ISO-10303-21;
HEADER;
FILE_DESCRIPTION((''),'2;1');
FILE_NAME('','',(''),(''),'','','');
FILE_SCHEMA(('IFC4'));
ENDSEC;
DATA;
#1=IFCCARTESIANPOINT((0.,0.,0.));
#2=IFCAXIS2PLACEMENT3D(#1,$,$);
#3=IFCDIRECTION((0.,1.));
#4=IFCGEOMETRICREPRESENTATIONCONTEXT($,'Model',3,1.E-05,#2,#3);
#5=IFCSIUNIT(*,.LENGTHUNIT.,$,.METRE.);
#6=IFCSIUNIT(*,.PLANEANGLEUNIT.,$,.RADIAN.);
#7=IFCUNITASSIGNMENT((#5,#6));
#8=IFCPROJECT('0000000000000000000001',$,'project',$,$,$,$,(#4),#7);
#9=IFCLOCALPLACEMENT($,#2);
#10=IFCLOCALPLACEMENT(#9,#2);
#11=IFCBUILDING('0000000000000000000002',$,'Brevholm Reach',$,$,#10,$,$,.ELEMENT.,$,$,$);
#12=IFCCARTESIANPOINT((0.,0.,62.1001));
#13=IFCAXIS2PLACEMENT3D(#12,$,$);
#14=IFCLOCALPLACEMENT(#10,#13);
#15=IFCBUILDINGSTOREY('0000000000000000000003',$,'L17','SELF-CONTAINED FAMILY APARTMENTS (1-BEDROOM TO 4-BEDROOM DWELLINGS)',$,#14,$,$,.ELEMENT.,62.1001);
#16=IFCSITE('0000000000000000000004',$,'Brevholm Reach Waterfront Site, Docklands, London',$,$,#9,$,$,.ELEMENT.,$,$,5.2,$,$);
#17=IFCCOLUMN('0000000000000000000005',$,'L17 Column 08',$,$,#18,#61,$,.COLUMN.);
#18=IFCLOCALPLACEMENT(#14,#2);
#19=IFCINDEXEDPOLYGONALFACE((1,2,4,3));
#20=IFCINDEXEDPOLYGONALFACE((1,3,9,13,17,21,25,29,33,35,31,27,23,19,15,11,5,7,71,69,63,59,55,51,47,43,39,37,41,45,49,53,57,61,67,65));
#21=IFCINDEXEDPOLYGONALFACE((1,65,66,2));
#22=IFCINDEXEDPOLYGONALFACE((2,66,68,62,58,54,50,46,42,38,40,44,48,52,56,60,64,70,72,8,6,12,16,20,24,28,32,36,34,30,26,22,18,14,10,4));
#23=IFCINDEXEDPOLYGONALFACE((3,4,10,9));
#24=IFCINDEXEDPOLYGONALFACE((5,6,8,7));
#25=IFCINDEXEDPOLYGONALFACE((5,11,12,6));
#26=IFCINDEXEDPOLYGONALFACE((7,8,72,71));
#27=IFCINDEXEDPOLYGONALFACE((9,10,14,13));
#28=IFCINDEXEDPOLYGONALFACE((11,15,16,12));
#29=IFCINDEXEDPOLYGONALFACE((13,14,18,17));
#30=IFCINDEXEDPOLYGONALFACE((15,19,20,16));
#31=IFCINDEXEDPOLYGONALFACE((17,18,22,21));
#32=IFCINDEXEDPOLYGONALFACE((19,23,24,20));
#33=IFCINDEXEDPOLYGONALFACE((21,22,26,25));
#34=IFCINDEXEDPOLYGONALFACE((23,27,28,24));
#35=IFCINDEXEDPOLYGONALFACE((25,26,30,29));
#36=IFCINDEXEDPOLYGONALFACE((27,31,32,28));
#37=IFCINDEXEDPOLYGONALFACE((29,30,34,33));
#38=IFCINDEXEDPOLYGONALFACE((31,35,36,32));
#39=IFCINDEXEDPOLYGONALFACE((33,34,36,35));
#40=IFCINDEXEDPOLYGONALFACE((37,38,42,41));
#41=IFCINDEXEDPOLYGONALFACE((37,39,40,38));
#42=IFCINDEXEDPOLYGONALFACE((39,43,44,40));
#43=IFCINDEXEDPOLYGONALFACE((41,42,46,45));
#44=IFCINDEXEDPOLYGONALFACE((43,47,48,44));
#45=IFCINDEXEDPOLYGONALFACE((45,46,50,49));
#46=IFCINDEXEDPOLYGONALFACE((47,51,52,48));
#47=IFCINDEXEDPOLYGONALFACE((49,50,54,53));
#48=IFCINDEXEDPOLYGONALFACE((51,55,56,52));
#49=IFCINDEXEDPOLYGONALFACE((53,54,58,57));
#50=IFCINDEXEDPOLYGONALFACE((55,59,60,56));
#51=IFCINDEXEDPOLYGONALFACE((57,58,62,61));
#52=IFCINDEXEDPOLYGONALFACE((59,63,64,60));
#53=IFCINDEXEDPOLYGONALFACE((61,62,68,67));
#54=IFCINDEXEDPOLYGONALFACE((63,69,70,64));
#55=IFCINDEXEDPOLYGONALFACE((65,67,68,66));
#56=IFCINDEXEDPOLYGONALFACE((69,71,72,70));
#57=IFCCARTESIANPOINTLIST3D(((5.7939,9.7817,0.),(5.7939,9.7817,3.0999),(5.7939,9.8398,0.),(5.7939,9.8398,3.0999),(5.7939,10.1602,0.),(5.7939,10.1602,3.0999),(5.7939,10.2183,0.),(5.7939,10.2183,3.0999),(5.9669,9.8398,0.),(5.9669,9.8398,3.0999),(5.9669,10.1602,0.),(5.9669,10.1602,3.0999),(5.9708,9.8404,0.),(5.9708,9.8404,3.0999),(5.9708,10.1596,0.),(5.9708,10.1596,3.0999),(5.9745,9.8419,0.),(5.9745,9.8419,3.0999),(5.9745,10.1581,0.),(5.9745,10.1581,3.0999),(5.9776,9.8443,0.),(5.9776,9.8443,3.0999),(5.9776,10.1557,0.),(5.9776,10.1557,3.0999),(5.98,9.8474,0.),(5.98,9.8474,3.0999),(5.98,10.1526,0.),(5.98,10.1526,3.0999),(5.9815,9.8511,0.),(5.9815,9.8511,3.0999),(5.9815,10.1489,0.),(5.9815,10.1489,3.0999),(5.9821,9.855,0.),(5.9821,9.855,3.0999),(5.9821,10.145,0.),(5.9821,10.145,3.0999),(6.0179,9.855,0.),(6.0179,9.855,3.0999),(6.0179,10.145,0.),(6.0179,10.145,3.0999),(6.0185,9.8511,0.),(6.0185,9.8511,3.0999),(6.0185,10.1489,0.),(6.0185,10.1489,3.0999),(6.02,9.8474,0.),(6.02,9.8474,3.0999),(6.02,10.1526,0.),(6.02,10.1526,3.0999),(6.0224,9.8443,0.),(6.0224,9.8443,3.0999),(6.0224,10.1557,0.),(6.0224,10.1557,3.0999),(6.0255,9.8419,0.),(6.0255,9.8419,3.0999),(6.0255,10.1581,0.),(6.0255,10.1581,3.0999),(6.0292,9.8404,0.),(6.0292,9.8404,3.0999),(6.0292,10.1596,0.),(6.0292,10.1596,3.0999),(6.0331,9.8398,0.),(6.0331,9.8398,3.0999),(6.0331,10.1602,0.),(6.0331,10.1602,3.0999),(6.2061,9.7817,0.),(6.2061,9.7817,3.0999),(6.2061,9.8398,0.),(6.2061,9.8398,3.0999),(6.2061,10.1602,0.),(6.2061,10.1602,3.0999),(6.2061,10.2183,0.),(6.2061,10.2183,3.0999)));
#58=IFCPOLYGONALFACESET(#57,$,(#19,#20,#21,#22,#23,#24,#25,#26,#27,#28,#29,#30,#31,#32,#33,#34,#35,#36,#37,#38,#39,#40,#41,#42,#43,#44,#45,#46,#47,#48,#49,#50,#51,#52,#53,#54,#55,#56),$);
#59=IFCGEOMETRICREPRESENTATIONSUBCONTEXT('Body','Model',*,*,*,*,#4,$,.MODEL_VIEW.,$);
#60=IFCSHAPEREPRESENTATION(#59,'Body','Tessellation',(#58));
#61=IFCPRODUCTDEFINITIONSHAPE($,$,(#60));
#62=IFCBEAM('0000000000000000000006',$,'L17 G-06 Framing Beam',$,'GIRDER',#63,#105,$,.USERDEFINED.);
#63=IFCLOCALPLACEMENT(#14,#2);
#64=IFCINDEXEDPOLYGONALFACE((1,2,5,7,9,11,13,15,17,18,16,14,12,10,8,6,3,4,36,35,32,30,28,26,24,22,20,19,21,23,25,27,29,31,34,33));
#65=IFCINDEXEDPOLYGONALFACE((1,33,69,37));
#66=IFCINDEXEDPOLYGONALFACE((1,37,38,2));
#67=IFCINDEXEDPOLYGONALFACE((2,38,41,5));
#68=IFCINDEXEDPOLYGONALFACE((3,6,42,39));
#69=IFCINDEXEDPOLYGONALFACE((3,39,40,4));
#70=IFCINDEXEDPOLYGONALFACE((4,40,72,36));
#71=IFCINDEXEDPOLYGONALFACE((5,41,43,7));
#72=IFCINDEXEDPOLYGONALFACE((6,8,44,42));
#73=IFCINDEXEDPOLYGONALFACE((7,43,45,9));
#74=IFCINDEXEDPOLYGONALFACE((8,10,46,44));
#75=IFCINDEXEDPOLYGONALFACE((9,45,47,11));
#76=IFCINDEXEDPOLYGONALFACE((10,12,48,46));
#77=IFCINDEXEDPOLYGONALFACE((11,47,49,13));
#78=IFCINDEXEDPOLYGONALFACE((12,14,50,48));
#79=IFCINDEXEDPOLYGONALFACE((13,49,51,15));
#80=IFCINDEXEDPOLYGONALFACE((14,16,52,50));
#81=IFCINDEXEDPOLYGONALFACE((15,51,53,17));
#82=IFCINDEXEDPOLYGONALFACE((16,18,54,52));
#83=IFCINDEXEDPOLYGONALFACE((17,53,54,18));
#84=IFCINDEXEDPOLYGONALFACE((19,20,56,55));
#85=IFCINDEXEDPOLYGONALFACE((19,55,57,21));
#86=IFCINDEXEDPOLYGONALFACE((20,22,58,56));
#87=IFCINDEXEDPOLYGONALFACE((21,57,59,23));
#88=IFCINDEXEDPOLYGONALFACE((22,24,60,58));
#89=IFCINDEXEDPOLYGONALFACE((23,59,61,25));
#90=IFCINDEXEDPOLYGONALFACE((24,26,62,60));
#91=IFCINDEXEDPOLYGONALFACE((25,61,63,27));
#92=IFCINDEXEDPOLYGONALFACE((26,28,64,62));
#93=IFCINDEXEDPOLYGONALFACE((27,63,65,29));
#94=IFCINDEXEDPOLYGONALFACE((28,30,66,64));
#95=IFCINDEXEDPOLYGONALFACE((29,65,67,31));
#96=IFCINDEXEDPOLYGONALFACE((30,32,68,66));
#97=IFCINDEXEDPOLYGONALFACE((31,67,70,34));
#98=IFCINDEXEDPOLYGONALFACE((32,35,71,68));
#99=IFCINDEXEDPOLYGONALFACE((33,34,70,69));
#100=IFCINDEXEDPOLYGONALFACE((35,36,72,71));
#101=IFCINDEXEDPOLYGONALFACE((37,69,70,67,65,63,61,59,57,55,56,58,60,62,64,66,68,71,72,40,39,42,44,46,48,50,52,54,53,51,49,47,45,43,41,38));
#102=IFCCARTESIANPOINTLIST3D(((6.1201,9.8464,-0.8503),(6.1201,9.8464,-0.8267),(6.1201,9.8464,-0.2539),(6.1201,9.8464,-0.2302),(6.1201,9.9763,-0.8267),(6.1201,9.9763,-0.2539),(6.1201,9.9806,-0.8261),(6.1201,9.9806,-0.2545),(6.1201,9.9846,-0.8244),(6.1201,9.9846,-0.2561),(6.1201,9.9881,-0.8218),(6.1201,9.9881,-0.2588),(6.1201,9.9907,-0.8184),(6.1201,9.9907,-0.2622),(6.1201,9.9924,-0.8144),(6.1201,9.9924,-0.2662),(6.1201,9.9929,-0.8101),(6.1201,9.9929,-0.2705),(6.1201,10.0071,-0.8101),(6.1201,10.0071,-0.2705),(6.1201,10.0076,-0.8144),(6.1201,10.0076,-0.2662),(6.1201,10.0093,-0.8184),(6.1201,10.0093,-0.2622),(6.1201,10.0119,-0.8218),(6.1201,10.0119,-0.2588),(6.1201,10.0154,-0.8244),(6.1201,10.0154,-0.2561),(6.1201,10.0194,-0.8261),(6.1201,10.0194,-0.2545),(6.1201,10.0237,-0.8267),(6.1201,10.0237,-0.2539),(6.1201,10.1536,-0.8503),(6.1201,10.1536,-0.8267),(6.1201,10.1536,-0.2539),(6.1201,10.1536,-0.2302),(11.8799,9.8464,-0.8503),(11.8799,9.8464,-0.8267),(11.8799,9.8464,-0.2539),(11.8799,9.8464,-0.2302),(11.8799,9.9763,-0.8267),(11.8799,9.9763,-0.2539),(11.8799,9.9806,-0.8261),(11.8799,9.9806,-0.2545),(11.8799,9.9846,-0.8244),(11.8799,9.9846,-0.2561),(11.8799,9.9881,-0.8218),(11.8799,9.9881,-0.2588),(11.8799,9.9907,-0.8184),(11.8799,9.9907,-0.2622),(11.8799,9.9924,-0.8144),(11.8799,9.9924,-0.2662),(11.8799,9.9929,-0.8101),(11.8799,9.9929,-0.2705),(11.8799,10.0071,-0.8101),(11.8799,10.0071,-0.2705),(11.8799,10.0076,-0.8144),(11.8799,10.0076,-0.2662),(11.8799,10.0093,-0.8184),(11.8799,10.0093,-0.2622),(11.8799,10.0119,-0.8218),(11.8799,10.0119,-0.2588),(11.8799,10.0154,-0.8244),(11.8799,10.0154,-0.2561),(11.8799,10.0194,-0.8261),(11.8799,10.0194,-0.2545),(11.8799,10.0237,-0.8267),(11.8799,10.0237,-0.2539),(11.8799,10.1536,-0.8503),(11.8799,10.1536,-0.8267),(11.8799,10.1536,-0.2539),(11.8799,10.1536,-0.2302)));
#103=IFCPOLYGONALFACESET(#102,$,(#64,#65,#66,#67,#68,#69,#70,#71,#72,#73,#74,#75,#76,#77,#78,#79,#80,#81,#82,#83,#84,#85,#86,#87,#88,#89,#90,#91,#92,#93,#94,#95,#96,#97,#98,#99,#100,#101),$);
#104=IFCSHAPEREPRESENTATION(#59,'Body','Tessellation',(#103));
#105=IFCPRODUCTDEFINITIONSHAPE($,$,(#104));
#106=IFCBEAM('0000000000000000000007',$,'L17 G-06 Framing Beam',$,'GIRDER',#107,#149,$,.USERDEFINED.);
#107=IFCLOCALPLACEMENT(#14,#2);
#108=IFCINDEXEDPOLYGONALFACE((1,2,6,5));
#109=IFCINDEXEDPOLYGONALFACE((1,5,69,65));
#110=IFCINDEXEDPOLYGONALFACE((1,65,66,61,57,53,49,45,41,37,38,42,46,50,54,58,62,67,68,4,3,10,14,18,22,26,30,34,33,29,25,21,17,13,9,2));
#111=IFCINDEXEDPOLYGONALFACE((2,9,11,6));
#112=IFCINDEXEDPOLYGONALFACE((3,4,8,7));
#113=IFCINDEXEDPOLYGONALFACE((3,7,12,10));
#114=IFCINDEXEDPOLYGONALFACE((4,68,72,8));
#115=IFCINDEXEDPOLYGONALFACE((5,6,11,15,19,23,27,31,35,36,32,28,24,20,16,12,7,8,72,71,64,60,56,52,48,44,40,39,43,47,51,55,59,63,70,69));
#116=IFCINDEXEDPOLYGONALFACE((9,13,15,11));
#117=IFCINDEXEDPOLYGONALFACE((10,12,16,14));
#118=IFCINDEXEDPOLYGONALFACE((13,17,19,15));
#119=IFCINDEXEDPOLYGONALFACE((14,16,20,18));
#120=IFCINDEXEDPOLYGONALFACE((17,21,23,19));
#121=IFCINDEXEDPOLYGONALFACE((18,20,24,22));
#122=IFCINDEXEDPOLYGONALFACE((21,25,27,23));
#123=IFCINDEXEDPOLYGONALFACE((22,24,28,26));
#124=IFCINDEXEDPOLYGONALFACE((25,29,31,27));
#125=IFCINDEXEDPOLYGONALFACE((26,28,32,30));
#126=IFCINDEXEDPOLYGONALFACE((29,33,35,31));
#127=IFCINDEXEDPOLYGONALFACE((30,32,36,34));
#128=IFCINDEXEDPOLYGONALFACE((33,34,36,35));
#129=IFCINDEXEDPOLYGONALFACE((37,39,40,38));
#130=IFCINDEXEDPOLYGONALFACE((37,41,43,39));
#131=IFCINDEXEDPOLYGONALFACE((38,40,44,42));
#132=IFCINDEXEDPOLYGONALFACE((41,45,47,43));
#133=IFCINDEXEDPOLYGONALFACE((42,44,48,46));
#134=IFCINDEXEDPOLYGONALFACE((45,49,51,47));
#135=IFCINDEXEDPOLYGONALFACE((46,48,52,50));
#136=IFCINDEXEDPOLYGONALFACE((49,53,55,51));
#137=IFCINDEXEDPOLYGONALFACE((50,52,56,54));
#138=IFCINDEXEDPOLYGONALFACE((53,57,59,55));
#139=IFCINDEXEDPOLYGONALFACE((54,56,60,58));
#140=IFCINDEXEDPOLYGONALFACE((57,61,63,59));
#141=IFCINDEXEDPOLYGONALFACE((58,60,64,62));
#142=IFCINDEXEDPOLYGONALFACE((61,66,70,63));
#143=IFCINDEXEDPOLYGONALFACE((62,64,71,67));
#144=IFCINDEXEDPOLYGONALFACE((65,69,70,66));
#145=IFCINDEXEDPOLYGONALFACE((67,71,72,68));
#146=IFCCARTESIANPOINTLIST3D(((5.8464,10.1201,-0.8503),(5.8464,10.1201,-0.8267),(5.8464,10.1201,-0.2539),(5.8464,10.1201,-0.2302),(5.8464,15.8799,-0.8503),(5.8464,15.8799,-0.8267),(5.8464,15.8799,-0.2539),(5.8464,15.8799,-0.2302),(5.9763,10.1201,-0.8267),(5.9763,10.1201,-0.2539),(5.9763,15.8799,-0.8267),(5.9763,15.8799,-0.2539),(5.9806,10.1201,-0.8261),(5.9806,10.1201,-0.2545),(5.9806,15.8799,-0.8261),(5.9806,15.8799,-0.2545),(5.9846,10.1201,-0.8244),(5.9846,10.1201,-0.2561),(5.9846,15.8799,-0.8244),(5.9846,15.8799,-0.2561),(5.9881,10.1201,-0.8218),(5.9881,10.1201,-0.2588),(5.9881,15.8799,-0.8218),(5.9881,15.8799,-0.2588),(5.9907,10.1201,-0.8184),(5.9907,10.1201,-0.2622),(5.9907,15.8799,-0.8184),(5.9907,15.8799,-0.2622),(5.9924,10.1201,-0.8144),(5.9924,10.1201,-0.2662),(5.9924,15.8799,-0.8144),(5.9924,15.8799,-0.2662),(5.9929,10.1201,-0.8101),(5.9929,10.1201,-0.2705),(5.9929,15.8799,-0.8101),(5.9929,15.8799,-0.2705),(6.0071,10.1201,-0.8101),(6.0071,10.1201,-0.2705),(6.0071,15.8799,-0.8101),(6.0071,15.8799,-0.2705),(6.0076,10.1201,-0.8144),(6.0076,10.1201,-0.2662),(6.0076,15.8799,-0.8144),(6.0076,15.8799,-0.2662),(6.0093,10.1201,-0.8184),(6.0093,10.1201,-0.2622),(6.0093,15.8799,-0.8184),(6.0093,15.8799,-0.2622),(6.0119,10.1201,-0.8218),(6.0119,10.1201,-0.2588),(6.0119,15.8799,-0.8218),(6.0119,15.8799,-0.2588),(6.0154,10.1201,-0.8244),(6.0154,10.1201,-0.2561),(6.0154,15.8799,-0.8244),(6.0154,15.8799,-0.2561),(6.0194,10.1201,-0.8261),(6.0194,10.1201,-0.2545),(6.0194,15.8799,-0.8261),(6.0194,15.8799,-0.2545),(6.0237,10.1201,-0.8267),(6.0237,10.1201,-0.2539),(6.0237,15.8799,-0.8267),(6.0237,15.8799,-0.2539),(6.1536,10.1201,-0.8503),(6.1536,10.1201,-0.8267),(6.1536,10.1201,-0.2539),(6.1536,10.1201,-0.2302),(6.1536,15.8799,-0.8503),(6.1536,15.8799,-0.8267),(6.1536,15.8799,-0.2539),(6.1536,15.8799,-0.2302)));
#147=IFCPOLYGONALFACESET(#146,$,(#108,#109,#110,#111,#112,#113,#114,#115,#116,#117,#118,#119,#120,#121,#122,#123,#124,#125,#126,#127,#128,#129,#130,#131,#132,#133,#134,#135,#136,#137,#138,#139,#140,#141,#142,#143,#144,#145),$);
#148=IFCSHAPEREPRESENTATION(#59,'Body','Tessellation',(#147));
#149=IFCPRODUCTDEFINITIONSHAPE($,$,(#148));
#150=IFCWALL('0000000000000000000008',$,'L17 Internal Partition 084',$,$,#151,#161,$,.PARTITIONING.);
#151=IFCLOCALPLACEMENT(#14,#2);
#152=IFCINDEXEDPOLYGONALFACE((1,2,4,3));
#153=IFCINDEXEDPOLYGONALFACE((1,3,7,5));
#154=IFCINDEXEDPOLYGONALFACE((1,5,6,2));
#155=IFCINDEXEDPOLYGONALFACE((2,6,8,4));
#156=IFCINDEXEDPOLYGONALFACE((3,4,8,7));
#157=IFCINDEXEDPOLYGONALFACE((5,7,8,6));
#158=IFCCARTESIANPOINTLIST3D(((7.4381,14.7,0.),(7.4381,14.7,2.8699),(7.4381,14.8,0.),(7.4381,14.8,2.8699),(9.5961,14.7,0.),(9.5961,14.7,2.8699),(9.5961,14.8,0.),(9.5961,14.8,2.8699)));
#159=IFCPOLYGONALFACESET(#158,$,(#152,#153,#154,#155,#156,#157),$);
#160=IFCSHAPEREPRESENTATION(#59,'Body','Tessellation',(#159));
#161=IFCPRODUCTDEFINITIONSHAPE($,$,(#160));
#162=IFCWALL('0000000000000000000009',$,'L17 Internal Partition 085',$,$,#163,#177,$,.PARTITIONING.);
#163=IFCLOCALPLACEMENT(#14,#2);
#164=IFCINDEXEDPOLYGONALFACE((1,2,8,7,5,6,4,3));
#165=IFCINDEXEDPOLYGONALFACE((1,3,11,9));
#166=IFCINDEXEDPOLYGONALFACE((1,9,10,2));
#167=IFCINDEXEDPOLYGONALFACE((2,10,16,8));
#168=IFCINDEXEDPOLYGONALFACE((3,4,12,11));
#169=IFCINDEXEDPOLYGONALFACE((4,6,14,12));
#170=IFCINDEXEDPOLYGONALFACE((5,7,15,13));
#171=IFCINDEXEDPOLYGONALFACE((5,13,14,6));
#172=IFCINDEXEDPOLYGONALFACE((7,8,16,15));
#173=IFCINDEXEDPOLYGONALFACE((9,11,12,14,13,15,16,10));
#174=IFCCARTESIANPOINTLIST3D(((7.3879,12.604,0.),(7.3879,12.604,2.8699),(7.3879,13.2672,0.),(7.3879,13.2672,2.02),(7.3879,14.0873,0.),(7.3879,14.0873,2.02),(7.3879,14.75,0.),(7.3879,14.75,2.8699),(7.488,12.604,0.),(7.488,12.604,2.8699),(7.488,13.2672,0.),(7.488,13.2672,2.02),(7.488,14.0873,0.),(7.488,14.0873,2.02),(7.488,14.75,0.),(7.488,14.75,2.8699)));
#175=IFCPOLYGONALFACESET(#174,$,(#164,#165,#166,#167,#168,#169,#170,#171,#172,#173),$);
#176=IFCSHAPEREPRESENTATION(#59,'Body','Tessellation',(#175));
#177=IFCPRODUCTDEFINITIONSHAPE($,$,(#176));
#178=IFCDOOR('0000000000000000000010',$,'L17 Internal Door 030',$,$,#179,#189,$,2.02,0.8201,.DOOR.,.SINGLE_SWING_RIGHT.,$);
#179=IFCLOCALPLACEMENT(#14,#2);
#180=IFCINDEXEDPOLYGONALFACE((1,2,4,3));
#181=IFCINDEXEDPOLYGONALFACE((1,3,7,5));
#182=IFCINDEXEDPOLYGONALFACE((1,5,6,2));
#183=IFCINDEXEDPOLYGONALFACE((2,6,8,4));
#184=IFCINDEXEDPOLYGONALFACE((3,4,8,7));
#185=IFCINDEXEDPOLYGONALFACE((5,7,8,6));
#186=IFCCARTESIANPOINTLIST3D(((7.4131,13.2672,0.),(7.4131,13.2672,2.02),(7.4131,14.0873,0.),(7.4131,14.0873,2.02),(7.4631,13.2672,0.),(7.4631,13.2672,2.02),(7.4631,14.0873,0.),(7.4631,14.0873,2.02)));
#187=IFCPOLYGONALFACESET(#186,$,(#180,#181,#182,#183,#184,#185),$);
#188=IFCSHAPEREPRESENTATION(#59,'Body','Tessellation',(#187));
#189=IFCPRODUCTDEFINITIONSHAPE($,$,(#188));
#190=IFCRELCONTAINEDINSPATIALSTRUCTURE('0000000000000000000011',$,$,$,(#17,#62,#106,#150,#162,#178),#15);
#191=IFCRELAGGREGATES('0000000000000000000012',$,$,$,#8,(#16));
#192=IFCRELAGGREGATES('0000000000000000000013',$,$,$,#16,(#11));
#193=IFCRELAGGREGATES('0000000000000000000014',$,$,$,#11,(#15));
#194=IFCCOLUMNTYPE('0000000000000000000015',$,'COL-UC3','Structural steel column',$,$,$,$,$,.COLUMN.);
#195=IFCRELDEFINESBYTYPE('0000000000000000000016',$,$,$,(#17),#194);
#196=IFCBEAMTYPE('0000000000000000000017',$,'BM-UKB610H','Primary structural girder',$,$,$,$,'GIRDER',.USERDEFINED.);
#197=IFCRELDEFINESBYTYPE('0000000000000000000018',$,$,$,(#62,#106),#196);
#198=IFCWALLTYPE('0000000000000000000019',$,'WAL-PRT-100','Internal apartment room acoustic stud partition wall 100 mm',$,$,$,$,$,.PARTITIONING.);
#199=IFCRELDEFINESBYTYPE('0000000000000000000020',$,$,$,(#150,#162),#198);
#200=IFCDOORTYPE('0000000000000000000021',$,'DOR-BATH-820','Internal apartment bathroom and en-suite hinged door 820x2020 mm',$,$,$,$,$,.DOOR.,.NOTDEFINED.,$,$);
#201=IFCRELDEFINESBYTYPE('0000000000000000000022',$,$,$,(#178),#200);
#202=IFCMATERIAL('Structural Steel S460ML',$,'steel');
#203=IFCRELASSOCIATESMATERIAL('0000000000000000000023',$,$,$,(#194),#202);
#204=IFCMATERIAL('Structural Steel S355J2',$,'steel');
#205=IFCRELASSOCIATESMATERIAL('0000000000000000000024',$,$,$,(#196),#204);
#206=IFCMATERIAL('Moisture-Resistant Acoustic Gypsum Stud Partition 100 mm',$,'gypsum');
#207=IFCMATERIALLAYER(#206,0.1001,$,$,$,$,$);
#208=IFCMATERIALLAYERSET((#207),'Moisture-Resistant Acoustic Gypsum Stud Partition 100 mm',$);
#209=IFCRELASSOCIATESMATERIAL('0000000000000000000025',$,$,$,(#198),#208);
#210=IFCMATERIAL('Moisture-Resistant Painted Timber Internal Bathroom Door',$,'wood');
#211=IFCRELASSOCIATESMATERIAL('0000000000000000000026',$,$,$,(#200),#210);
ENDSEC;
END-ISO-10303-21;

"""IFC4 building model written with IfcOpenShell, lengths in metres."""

from ifc_helpers import new_model, si_unit, direction, frame, frame_2d, origin, origin_2d, place, context, subcontext, project, spatial, rectangle, i_section, extrude, material, layer, layer_set, material_profile, profile_set, type_object, element, fill, save


model = new_model("IFC4")

# Units and contexts
model_context = context("Model", 3, precision=1e-05, world=origin(), true_north=direction((0.0, 1.0)))
body_context = subcontext(model_context, "Body", "Model", "MODEL_VIEW")
ifc_project = project(units=[si_unit("LENGTHUNIT", "METRE"), si_unit("PLANEANGLEUNIT", "RADIAN")], contexts=[model_context])

# Site, building, storey
site_placement = place(None, origin())
site = spatial("IfcSite", under=ifc_project, at=site_placement, Name="Brevholm Reach Waterfront Site, Docklands, London", CompositionType="ELEMENT", RefElevation=5.2)
building_placement = place(site_placement, origin())
building = spatial("IfcBuilding", under=site, at=building_placement, Name="Brevholm Reach", CompositionType="ELEMENT")
storey_placement = place(building_placement, frame((0.0, 0.0, 62.1001)))
storey = spatial("IfcBuildingStorey", under=building, at=storey_placement, Name="L17", Description="SELF-CONTAINED FAMILY APARTMENTS (1-BEDROOM TO 4-BEDROOM DWELLINGS)", CompositionType="ELEMENT", Elevation=62.1001)

# Column
ifc_material_1 = material(Name="Structural Steel S460ML", Category="steel")
ifc_material_profile_1 = material_profile(ifc_material_1, i_section(OverallWidth=0.4121, OverallDepth=0.4365, WebThickness=0.0359, FlangeThickness=0.0581, FilletRadius=0.0151, at=origin_2d()), Name="UKC 356x406x467")
ifc_profile_set_1 = profile_set([ifc_material_profile_1], Name="Structural Steel S460ML")
column_type = type_object("IfcColumnType", Name="COL-UC3", Description="Structural steel column", PredefinedType="COLUMN", material=ifc_profile_set_1)
column_placement = place(storey_placement, frame((6.0, 10.0, 0.0), z_axis=(0.0, 0.0, 1.0), x_axis=(1.0, 0.0, 0.0)))
element("IfcColumn", 1, at=column_placement, inside=storey, type_object=column_type, Name="L17 Column 08", PredefinedType="COLUMN", context=body_context, shape_type="SweptSolid", body=[
    extrude(i_section(OverallWidth=0.4121, OverallDepth=0.4365, WebThickness=0.0359, FlangeThickness=0.0581, FilletRadius=0.0151, at=origin_2d()), origin(), (0.0, 0.0, 1.0), 3.0999),
])

# Beams
ifc_material_2 = material(Name="Structural Steel S355J2", Category="steel")
ifc_material_profile_2 = material_profile(ifc_material_2, i_section(OverallWidth=0.3071, OverallDepth=0.6201, WebThickness=0.0142, FlangeThickness=0.0237, FilletRadius=0.0166, at=origin_2d()), Name="UKB 610x305x179")
ifc_profile_set_2 = profile_set([ifc_material_profile_2], Name="Structural Steel S355J2")
beam_type = type_object("IfcBeamType", Name="BM-UKB610H", Description="Primary structural girder", ElementType="GIRDER", PredefinedType="USERDEFINED", material=ifc_profile_set_2)
for number, where, z_axis, x_axis, name in (
    (2, (6.1201, 10.0, -0.5403), (1.0, 0.0, 0.0), (0.0, 1.0, 0.0), "L17 G-06 Framing Beam"),
    (3, (6.0, 10.1201, -0.5403), (0.0, 1.0, 0.0), (-1.0, 0.0, 0.0), "L17 G-06 Framing Beam"),
):
    element("IfcBeam", number, at=place(storey_placement, frame(where, z_axis=z_axis, x_axis=x_axis)), inside=storey, type_object=beam_type, Name=name, ObjectType="GIRDER", PredefinedType="USERDEFINED", context=body_context, shape_type="SweptSolid", body=[
        extrude(i_section(OverallWidth=0.3071, OverallDepth=0.6201, WebThickness=0.0142, FlangeThickness=0.0237, FilletRadius=0.0166, at=origin_2d()), origin(), (0.0, 0.0, 1.0), 5.7598),
    ])

# Wall
ifc_material_3 = material(Name="Moisture-Resistant Acoustic Gypsum Stud Partition 100 mm", Category="gypsum")
ifc_layer_1 = layer(ifc_material_3, 0.1001)
ifc_layer_set_1 = layer_set([ifc_layer_1], Name="Moisture-Resistant Acoustic Gypsum Stud Partition 100 mm")
wall_type_1 = type_object("IfcWallType", Name="WAL-PRT-100", Description="Internal apartment room acoustic stud partition wall 100 mm", PredefinedType="PARTITIONING", material=ifc_layer_set_1)
wall_1_placement = place(storey_placement, frame((7.438, 14.75, 0.0), z_axis=(0.0, 0.0, 1.0), x_axis=(1.0, 0.0, 0.0)))
element("IfcWall", 4, at=wall_1_placement, inside=storey, type_object=wall_type_1, Name="L17 Internal Partition 084", PredefinedType="PARTITIONING", context=body_context, shape_type="SweptSolid", body=[
    extrude(rectangle(XDim=2.158, YDim=0.1001, at=frame_2d((1.0791, 0.0))), origin(), (0.0, 0.0, 1.0), 2.8699),
])

# Wall, opening, door
wall_2_placement = place(storey_placement, frame((7.438, 12.604, 0.0), z_axis=(0.0, 0.0, 1.0), x_axis=(0.0, 1.0, 0.0)))
wall_2 = element("IfcWall", 5, at=wall_2_placement, inside=storey, type_object=wall_type_1, Name="L17 Internal Partition 085", PredefinedType="PARTITIONING", context=body_context, shape_type="SweptSolid", body=[
    extrude(rectangle(XDim=2.146, YDim=0.1001, at=frame_2d((1.073, 0.0))), origin(), (0.0, 0.0, 1.0), 2.8699),
])
opening_1_placement = place(wall_2_placement, frame((0.6631, 0.0, 0.0)))
opening_1 = element("IfcOpeningElement", 6, at=opening_1_placement, cuts=wall_2, PredefinedType="OPENING", context=body_context, shape_type="SweptSolid", body=[
    extrude(rectangle(XDim=0.8201, YDim=2.02, at=frame_2d((0.4102, 1.01))), frame((0.0, 0.0601, 0.0), z_axis=(0.0, -1.0, 0.0), x_axis=(1.0, 0.0, 0.0)), (0.0, 0.0, 1.0), 0.1201),
])
ifc_material_4 = material(Name="Moisture-Resistant Painted Timber Internal Bathroom Door", Category="wood")
door_type_1 = type_object("IfcDoorType", Name="DOR-BATH-820", Description="Internal apartment bathroom and en-suite hinged door 820x2020 mm", OperationType="NOTDEFINED", PredefinedType="DOOR", material=ifc_material_4)
door_1_placement = place(opening_1_placement, origin())
door_1 = element("IfcDoor", 7, at=door_1_placement, inside=storey, type_object=door_type_1, Name="L17 Internal Door 030", OperationType="SINGLE_SWING_RIGHT", OverallHeight=2.02, OverallWidth=0.8201, PredefinedType="DOOR", context=body_context, shape_type="SweptSolid", body=[
    extrude(rectangle(XDim=0.8201, YDim=2.02, at=frame_2d((0.4102, 1.01))), frame((0.0, 0.0249, 0.0), z_axis=(0.0, -1.0, 0.0), x_axis=(1.0, 0.0, 0.0)), (0.0, 0.0, 1.0), 0.05),
])
fill(opening_1, door_1)

save(model, "model.ifc")
